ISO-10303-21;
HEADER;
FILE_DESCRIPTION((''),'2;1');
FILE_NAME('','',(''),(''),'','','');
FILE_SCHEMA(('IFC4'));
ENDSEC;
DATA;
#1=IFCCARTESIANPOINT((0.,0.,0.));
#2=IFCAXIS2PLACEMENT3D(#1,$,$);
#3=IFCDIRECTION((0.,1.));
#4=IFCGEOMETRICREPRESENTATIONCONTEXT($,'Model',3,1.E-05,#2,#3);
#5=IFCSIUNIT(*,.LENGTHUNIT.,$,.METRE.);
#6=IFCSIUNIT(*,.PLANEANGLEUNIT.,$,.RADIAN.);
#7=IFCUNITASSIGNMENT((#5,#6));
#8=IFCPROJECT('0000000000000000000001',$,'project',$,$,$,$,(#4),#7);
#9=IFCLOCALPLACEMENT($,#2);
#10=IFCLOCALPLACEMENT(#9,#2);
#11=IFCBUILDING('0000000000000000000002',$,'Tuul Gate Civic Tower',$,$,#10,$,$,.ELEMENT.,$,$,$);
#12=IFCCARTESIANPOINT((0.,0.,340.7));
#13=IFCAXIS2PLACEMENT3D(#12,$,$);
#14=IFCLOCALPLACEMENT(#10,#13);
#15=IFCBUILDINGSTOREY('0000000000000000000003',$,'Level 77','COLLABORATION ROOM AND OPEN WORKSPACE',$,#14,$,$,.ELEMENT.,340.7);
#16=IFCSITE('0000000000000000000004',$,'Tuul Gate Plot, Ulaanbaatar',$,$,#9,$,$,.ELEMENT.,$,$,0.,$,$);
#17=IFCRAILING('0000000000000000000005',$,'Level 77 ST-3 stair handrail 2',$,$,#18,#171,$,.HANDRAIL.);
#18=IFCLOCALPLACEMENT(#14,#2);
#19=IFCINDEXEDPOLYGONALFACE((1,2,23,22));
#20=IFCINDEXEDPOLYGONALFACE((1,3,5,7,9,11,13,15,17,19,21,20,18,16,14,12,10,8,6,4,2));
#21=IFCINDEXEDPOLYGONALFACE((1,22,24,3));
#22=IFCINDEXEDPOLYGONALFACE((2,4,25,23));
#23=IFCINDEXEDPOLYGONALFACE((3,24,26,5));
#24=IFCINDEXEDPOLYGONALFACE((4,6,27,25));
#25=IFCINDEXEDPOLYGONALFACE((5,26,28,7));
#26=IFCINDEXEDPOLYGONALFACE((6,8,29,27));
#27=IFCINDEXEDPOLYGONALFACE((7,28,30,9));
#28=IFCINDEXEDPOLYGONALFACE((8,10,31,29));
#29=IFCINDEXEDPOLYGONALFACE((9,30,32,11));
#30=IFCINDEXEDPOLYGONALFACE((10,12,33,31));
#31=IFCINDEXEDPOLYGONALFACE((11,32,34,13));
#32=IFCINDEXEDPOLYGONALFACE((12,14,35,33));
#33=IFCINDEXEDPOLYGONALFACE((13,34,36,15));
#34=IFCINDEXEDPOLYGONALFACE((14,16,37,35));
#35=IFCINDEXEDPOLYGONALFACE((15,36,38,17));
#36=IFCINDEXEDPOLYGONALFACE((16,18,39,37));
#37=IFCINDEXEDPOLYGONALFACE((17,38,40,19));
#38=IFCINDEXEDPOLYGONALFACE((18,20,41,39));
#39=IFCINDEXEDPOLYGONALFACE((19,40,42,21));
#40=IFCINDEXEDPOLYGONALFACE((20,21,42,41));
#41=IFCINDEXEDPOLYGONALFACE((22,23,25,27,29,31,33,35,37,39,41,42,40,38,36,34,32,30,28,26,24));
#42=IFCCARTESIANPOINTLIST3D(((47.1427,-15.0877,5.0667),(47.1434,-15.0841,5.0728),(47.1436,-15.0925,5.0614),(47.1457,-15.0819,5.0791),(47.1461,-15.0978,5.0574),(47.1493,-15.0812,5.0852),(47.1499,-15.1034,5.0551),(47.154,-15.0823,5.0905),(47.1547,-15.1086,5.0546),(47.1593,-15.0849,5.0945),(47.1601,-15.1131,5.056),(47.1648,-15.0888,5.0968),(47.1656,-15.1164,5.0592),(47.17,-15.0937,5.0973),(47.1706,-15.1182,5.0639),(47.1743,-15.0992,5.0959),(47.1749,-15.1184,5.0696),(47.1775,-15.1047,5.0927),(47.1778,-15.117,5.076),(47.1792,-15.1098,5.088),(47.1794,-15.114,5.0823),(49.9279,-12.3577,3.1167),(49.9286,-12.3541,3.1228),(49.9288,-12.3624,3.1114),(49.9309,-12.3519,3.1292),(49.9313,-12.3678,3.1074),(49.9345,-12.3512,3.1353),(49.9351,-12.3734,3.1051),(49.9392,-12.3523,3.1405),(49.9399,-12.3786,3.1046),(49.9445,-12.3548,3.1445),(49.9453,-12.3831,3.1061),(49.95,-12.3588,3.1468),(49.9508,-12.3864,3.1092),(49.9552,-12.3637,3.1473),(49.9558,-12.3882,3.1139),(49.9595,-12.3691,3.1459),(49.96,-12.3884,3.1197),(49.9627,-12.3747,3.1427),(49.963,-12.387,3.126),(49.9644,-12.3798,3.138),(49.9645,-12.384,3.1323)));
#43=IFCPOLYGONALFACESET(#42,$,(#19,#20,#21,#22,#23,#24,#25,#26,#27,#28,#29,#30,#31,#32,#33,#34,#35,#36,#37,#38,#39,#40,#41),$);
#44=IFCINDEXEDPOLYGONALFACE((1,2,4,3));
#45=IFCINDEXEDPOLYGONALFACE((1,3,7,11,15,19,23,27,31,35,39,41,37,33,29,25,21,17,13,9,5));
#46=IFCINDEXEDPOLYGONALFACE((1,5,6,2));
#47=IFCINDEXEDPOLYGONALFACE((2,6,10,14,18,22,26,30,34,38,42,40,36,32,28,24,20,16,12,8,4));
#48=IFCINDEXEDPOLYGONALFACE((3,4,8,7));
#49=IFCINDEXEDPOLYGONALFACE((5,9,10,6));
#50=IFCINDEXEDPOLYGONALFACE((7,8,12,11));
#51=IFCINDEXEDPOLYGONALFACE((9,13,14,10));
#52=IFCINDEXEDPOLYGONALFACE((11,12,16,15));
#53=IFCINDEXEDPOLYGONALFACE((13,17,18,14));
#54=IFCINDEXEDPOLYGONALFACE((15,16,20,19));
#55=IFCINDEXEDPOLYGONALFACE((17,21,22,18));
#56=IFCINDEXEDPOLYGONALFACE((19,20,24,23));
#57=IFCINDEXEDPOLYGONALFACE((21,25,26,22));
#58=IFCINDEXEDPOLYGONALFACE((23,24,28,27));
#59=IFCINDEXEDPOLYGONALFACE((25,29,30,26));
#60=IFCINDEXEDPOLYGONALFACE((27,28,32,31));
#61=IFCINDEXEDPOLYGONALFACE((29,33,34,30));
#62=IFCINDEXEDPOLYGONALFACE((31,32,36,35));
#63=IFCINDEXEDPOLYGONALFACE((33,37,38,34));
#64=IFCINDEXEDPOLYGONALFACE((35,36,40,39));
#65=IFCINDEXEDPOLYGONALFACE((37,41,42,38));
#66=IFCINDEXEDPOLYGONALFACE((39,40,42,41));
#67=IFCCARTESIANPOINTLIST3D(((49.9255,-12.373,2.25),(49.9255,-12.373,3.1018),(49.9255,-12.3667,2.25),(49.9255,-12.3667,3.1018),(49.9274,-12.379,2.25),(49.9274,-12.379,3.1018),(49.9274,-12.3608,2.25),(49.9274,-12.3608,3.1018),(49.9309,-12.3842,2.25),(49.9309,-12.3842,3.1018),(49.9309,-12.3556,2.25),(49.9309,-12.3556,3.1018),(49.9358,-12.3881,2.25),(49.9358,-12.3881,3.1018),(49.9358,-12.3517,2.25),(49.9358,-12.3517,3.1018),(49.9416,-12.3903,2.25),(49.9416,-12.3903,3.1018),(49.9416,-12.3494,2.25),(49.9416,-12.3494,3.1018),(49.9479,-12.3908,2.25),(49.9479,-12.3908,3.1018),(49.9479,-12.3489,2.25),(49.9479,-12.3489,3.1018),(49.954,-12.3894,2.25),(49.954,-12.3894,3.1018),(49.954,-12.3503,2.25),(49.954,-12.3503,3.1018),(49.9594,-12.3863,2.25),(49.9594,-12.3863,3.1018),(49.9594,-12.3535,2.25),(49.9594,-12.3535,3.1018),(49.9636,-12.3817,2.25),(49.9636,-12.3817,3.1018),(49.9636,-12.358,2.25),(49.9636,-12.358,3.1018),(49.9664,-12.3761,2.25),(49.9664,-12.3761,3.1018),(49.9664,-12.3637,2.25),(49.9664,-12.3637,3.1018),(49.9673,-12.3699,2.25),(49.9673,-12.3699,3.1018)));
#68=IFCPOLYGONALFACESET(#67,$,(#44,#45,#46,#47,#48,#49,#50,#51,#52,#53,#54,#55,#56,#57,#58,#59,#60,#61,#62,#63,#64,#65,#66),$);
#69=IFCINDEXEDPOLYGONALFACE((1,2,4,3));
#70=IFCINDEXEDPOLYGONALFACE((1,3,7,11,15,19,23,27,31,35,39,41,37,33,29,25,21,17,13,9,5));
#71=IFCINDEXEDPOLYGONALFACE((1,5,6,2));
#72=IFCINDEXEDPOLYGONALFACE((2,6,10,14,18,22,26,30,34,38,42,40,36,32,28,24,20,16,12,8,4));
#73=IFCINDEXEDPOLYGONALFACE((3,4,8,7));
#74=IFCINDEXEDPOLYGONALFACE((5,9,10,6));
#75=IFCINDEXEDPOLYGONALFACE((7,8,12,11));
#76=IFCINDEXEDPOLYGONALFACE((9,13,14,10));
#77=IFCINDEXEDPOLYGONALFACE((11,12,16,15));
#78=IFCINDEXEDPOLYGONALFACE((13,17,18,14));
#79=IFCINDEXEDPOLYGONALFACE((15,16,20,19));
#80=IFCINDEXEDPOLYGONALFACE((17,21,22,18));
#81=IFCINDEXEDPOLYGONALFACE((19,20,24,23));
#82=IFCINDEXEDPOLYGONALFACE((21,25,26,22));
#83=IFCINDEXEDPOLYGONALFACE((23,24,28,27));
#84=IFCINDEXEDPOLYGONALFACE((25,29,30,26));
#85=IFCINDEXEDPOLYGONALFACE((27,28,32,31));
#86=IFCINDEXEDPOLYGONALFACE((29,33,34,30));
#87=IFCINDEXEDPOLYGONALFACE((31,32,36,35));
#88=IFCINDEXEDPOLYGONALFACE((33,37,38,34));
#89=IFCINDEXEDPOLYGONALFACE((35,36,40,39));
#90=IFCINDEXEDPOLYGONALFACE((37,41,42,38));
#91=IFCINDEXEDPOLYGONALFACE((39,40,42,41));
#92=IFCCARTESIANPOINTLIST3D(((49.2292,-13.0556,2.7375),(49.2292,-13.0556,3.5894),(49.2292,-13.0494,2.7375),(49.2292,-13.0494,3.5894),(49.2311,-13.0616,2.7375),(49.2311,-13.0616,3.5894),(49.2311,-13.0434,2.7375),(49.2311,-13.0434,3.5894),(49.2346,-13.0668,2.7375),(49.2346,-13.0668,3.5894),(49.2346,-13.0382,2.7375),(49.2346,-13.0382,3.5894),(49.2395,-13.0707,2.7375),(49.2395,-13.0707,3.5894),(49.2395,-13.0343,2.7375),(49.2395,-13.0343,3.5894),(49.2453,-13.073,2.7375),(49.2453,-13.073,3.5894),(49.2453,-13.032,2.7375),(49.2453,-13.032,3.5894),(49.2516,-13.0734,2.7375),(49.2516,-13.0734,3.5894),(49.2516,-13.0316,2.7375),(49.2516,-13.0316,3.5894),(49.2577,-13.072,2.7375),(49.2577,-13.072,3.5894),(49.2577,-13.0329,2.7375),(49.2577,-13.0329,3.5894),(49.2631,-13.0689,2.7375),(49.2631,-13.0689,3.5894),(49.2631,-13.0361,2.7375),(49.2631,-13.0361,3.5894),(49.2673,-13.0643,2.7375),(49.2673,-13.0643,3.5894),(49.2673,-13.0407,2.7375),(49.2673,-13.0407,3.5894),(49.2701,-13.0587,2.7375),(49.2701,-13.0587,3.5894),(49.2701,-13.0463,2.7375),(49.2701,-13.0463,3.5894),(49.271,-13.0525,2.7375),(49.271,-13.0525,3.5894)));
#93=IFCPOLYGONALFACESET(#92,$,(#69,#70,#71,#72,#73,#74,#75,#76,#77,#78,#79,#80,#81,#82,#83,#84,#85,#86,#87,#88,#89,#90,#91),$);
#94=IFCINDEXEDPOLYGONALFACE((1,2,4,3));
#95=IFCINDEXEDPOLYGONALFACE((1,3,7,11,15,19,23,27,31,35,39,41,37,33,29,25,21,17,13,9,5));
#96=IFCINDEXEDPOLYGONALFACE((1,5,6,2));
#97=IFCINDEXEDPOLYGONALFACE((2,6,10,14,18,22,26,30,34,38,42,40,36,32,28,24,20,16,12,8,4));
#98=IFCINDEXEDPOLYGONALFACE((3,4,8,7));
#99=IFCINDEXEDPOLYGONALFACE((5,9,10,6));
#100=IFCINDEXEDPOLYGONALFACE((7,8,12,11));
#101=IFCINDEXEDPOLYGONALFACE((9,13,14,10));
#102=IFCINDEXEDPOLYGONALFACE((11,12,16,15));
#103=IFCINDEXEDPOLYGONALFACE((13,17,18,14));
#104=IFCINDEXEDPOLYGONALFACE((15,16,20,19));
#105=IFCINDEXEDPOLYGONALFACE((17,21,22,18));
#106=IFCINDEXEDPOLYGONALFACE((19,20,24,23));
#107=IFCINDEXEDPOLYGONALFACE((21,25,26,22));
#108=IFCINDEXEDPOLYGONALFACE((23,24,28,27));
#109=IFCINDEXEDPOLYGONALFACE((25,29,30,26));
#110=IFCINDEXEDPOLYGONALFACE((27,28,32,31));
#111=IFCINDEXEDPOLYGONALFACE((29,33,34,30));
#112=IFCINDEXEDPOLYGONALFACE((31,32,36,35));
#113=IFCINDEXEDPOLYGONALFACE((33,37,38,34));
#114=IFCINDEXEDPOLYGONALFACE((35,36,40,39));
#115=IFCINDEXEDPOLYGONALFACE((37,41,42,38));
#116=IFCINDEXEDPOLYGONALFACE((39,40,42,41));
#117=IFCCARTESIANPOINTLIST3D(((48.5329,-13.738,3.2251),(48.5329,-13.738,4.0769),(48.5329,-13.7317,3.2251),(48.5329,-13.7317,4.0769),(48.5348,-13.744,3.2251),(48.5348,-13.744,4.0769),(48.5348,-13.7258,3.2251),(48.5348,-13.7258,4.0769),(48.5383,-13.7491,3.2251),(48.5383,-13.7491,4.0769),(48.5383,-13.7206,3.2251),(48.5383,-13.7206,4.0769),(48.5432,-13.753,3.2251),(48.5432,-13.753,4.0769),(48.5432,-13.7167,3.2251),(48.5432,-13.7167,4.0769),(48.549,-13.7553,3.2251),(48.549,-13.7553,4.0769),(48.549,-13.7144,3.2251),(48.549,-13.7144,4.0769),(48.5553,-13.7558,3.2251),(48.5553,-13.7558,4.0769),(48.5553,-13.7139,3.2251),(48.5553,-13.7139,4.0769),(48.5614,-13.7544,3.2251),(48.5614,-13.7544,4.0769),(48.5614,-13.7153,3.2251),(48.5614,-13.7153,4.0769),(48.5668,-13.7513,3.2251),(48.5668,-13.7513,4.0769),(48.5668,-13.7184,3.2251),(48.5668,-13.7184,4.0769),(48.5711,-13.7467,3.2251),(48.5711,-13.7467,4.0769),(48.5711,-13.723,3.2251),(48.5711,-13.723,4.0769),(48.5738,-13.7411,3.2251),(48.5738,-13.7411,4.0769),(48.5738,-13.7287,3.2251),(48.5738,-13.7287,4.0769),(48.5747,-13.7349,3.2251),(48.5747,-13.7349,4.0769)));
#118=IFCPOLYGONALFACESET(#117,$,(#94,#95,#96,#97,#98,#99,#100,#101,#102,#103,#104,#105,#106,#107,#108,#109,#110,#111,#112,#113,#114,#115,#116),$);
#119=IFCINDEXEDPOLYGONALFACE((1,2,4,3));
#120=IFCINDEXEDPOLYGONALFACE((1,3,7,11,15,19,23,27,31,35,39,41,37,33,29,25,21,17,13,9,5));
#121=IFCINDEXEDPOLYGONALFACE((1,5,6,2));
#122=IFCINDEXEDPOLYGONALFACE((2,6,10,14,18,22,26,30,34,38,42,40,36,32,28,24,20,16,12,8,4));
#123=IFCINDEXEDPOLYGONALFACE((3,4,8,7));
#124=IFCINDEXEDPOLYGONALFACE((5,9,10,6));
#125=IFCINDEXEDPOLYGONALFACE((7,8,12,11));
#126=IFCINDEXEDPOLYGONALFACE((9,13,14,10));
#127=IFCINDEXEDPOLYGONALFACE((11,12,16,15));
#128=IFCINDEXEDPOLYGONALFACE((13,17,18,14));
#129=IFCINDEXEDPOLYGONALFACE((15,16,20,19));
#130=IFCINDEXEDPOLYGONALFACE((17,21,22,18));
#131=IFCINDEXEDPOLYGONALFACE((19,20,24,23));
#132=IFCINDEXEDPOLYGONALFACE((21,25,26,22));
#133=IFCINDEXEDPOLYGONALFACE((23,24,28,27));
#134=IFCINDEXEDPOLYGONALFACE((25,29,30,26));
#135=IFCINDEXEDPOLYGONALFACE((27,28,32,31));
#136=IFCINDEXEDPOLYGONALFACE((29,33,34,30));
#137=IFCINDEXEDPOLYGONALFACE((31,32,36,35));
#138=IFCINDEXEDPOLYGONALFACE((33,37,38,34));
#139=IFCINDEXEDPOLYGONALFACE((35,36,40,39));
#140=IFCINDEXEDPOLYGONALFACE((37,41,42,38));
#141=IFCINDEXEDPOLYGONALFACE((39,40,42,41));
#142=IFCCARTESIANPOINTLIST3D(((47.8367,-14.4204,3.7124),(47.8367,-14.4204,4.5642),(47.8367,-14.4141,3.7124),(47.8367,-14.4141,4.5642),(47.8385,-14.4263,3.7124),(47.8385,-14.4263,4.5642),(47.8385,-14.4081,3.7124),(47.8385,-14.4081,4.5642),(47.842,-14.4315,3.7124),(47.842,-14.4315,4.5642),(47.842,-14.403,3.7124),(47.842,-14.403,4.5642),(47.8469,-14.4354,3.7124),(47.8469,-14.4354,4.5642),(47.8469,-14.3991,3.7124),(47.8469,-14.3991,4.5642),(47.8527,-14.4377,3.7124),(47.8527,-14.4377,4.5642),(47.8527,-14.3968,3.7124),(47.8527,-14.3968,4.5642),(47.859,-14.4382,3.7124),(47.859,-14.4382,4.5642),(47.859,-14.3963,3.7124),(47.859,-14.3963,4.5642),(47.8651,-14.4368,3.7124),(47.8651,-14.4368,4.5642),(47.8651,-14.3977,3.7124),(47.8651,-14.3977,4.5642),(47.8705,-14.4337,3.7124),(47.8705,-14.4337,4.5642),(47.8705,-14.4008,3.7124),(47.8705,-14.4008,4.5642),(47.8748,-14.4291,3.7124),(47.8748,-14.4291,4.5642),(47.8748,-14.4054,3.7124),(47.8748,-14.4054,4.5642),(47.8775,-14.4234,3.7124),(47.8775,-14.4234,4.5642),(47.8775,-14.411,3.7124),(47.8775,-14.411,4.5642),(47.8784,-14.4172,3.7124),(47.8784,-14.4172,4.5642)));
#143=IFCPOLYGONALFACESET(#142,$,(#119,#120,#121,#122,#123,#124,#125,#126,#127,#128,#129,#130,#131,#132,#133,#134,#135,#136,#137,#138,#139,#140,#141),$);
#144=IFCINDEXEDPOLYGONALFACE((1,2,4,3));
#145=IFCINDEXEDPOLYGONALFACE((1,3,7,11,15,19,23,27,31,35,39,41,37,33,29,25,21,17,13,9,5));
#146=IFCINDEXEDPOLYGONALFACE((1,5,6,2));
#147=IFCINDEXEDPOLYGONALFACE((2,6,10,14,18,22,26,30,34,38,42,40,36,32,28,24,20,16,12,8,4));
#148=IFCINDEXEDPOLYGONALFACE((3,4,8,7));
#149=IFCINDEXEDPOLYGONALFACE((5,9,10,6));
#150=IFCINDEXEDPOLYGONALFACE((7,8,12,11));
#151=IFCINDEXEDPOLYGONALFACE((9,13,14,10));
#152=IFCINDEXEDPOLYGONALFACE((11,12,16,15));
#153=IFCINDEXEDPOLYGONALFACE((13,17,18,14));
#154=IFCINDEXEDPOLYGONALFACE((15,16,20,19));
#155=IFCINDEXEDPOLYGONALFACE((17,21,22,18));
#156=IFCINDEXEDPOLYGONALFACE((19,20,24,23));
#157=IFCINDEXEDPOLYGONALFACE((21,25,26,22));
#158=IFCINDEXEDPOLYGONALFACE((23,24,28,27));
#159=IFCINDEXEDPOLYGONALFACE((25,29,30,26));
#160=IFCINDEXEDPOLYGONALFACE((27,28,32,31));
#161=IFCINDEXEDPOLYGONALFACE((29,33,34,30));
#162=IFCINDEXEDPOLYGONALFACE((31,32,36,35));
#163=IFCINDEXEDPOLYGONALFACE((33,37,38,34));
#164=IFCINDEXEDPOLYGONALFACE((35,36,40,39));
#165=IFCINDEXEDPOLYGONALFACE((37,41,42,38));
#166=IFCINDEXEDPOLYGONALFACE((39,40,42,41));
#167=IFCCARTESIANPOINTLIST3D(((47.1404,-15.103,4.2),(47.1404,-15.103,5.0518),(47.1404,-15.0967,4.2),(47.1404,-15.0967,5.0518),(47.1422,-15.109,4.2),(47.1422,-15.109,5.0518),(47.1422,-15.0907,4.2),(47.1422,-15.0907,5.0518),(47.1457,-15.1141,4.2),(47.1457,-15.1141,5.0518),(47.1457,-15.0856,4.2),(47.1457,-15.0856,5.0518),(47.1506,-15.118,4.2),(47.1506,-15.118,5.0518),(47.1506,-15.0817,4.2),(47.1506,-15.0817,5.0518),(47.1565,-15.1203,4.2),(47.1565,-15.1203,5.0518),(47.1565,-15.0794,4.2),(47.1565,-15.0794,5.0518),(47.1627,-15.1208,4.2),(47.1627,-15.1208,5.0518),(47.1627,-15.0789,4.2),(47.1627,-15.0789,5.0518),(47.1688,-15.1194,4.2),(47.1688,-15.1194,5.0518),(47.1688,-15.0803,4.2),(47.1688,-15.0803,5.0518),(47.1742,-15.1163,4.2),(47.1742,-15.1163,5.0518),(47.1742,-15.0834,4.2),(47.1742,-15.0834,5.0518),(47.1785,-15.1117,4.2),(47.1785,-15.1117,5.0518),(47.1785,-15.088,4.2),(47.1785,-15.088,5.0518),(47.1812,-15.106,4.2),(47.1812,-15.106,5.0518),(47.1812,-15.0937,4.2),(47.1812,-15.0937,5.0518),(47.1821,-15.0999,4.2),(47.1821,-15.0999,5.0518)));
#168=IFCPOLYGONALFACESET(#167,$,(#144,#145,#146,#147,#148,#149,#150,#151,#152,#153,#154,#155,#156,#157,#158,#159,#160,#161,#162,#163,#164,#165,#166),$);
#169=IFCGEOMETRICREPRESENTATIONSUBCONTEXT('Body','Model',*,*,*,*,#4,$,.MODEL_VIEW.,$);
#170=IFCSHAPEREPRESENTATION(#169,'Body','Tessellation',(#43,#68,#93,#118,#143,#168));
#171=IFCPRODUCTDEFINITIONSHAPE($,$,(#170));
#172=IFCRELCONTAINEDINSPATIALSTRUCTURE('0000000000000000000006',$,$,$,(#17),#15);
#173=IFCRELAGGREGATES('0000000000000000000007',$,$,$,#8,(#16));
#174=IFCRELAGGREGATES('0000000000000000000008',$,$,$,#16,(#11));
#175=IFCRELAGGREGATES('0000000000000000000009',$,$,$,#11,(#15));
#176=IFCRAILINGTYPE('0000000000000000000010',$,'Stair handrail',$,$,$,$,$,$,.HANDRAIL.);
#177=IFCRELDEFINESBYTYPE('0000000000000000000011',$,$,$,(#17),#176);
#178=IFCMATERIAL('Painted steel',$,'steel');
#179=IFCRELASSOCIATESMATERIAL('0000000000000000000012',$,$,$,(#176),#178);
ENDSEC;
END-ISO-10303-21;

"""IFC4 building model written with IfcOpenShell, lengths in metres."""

from ifc_helpers import new_model, si_unit, direction, frame, origin, origin_2d, place, context, subcontext, project, spatial, circle, extrude, material, type_object, element, save


model = new_model("IFC4")

# Units and contexts
model_context = context("Model", 3, precision=1e-05, world=origin(), true_north=direction((0.0, 1.0)))
body_context = subcontext(model_context, "Body", "Model", "MODEL_VIEW")
ifc_project = project(units=[si_unit("LENGTHUNIT", "METRE"), si_unit("PLANEANGLEUNIT", "RADIAN")], contexts=[model_context])

# Site, building, storey
site_placement = place(None, origin())
site = spatial("IfcSite", under=ifc_project, at=site_placement, Name="Tuul Gate Plot, Ulaanbaatar", CompositionType="ELEMENT", RefElevation=0.0)
building_placement = place(site_placement, origin())
building = spatial("IfcBuilding", under=site, at=building_placement, Name="Tuul Gate Civic Tower", CompositionType="ELEMENT")
storey_placement = place(building_placement, frame((0.0, 0.0, 340.7)))
storey = spatial("IfcBuildingStorey", under=building, at=storey_placement, Name="Level 77", Description="COLLABORATION ROOM AND OPEN WORKSPACE", CompositionType="ELEMENT", Elevation=340.7)

# Railing
ifc_material_1 = material(Name="Painted steel", Category="steel")
railing_type_1 = type_object("IfcRailingType", Name="Stair handrail", PredefinedType="HANDRAIL", material=ifc_material_1)
railing_1_placement = place(storey_placement, frame((49.9463, -12.3699, 2.25)))
element("IfcRailing", 1, at=railing_1_placement, inside=storey, type_object=railing_type_1, Name="Level 77 ST-3 stair handrail 2", PredefinedType="HANDRAIL", context=body_context, shape_type="SweptSolid", body=[
    extrude(circle(Radius=0.0239, at=origin_2d()), frame((0.0, 0.0, 0.876), z_axis=(-0.638754, -0.6261, 0.447206), x_axis=(0.699998, -0.714145, 0.0)), (0.0, 0.0, 1.0), 4.3604),
    extrude(circle(Radius=0.021, at=origin_2d()), origin(), (0.0, 0.0, 1.0), 0.8518),
    extrude(circle(Radius=0.021, at=origin_2d()), frame((-0.6963, -0.6826, 0.4875)), (0.0, 0.0, 1.0), 0.8518),
    extrude(circle(Radius=0.021, at=origin_2d()), frame((-1.3926, -1.365, 0.9751)), (0.0, 0.0, 1.0), 0.8518),
    extrude(circle(Radius=0.021, at=origin_2d()), frame((-2.0889, -2.0474, 1.4624)), (0.0, 0.0, 1.0), 0.8518),
    extrude(circle(Radius=0.021, at=origin_2d()), frame((-2.7852, -2.73, 1.95)), (0.0, 0.0, 1.0), 0.8518),
])

save(model, "model.ifc")
